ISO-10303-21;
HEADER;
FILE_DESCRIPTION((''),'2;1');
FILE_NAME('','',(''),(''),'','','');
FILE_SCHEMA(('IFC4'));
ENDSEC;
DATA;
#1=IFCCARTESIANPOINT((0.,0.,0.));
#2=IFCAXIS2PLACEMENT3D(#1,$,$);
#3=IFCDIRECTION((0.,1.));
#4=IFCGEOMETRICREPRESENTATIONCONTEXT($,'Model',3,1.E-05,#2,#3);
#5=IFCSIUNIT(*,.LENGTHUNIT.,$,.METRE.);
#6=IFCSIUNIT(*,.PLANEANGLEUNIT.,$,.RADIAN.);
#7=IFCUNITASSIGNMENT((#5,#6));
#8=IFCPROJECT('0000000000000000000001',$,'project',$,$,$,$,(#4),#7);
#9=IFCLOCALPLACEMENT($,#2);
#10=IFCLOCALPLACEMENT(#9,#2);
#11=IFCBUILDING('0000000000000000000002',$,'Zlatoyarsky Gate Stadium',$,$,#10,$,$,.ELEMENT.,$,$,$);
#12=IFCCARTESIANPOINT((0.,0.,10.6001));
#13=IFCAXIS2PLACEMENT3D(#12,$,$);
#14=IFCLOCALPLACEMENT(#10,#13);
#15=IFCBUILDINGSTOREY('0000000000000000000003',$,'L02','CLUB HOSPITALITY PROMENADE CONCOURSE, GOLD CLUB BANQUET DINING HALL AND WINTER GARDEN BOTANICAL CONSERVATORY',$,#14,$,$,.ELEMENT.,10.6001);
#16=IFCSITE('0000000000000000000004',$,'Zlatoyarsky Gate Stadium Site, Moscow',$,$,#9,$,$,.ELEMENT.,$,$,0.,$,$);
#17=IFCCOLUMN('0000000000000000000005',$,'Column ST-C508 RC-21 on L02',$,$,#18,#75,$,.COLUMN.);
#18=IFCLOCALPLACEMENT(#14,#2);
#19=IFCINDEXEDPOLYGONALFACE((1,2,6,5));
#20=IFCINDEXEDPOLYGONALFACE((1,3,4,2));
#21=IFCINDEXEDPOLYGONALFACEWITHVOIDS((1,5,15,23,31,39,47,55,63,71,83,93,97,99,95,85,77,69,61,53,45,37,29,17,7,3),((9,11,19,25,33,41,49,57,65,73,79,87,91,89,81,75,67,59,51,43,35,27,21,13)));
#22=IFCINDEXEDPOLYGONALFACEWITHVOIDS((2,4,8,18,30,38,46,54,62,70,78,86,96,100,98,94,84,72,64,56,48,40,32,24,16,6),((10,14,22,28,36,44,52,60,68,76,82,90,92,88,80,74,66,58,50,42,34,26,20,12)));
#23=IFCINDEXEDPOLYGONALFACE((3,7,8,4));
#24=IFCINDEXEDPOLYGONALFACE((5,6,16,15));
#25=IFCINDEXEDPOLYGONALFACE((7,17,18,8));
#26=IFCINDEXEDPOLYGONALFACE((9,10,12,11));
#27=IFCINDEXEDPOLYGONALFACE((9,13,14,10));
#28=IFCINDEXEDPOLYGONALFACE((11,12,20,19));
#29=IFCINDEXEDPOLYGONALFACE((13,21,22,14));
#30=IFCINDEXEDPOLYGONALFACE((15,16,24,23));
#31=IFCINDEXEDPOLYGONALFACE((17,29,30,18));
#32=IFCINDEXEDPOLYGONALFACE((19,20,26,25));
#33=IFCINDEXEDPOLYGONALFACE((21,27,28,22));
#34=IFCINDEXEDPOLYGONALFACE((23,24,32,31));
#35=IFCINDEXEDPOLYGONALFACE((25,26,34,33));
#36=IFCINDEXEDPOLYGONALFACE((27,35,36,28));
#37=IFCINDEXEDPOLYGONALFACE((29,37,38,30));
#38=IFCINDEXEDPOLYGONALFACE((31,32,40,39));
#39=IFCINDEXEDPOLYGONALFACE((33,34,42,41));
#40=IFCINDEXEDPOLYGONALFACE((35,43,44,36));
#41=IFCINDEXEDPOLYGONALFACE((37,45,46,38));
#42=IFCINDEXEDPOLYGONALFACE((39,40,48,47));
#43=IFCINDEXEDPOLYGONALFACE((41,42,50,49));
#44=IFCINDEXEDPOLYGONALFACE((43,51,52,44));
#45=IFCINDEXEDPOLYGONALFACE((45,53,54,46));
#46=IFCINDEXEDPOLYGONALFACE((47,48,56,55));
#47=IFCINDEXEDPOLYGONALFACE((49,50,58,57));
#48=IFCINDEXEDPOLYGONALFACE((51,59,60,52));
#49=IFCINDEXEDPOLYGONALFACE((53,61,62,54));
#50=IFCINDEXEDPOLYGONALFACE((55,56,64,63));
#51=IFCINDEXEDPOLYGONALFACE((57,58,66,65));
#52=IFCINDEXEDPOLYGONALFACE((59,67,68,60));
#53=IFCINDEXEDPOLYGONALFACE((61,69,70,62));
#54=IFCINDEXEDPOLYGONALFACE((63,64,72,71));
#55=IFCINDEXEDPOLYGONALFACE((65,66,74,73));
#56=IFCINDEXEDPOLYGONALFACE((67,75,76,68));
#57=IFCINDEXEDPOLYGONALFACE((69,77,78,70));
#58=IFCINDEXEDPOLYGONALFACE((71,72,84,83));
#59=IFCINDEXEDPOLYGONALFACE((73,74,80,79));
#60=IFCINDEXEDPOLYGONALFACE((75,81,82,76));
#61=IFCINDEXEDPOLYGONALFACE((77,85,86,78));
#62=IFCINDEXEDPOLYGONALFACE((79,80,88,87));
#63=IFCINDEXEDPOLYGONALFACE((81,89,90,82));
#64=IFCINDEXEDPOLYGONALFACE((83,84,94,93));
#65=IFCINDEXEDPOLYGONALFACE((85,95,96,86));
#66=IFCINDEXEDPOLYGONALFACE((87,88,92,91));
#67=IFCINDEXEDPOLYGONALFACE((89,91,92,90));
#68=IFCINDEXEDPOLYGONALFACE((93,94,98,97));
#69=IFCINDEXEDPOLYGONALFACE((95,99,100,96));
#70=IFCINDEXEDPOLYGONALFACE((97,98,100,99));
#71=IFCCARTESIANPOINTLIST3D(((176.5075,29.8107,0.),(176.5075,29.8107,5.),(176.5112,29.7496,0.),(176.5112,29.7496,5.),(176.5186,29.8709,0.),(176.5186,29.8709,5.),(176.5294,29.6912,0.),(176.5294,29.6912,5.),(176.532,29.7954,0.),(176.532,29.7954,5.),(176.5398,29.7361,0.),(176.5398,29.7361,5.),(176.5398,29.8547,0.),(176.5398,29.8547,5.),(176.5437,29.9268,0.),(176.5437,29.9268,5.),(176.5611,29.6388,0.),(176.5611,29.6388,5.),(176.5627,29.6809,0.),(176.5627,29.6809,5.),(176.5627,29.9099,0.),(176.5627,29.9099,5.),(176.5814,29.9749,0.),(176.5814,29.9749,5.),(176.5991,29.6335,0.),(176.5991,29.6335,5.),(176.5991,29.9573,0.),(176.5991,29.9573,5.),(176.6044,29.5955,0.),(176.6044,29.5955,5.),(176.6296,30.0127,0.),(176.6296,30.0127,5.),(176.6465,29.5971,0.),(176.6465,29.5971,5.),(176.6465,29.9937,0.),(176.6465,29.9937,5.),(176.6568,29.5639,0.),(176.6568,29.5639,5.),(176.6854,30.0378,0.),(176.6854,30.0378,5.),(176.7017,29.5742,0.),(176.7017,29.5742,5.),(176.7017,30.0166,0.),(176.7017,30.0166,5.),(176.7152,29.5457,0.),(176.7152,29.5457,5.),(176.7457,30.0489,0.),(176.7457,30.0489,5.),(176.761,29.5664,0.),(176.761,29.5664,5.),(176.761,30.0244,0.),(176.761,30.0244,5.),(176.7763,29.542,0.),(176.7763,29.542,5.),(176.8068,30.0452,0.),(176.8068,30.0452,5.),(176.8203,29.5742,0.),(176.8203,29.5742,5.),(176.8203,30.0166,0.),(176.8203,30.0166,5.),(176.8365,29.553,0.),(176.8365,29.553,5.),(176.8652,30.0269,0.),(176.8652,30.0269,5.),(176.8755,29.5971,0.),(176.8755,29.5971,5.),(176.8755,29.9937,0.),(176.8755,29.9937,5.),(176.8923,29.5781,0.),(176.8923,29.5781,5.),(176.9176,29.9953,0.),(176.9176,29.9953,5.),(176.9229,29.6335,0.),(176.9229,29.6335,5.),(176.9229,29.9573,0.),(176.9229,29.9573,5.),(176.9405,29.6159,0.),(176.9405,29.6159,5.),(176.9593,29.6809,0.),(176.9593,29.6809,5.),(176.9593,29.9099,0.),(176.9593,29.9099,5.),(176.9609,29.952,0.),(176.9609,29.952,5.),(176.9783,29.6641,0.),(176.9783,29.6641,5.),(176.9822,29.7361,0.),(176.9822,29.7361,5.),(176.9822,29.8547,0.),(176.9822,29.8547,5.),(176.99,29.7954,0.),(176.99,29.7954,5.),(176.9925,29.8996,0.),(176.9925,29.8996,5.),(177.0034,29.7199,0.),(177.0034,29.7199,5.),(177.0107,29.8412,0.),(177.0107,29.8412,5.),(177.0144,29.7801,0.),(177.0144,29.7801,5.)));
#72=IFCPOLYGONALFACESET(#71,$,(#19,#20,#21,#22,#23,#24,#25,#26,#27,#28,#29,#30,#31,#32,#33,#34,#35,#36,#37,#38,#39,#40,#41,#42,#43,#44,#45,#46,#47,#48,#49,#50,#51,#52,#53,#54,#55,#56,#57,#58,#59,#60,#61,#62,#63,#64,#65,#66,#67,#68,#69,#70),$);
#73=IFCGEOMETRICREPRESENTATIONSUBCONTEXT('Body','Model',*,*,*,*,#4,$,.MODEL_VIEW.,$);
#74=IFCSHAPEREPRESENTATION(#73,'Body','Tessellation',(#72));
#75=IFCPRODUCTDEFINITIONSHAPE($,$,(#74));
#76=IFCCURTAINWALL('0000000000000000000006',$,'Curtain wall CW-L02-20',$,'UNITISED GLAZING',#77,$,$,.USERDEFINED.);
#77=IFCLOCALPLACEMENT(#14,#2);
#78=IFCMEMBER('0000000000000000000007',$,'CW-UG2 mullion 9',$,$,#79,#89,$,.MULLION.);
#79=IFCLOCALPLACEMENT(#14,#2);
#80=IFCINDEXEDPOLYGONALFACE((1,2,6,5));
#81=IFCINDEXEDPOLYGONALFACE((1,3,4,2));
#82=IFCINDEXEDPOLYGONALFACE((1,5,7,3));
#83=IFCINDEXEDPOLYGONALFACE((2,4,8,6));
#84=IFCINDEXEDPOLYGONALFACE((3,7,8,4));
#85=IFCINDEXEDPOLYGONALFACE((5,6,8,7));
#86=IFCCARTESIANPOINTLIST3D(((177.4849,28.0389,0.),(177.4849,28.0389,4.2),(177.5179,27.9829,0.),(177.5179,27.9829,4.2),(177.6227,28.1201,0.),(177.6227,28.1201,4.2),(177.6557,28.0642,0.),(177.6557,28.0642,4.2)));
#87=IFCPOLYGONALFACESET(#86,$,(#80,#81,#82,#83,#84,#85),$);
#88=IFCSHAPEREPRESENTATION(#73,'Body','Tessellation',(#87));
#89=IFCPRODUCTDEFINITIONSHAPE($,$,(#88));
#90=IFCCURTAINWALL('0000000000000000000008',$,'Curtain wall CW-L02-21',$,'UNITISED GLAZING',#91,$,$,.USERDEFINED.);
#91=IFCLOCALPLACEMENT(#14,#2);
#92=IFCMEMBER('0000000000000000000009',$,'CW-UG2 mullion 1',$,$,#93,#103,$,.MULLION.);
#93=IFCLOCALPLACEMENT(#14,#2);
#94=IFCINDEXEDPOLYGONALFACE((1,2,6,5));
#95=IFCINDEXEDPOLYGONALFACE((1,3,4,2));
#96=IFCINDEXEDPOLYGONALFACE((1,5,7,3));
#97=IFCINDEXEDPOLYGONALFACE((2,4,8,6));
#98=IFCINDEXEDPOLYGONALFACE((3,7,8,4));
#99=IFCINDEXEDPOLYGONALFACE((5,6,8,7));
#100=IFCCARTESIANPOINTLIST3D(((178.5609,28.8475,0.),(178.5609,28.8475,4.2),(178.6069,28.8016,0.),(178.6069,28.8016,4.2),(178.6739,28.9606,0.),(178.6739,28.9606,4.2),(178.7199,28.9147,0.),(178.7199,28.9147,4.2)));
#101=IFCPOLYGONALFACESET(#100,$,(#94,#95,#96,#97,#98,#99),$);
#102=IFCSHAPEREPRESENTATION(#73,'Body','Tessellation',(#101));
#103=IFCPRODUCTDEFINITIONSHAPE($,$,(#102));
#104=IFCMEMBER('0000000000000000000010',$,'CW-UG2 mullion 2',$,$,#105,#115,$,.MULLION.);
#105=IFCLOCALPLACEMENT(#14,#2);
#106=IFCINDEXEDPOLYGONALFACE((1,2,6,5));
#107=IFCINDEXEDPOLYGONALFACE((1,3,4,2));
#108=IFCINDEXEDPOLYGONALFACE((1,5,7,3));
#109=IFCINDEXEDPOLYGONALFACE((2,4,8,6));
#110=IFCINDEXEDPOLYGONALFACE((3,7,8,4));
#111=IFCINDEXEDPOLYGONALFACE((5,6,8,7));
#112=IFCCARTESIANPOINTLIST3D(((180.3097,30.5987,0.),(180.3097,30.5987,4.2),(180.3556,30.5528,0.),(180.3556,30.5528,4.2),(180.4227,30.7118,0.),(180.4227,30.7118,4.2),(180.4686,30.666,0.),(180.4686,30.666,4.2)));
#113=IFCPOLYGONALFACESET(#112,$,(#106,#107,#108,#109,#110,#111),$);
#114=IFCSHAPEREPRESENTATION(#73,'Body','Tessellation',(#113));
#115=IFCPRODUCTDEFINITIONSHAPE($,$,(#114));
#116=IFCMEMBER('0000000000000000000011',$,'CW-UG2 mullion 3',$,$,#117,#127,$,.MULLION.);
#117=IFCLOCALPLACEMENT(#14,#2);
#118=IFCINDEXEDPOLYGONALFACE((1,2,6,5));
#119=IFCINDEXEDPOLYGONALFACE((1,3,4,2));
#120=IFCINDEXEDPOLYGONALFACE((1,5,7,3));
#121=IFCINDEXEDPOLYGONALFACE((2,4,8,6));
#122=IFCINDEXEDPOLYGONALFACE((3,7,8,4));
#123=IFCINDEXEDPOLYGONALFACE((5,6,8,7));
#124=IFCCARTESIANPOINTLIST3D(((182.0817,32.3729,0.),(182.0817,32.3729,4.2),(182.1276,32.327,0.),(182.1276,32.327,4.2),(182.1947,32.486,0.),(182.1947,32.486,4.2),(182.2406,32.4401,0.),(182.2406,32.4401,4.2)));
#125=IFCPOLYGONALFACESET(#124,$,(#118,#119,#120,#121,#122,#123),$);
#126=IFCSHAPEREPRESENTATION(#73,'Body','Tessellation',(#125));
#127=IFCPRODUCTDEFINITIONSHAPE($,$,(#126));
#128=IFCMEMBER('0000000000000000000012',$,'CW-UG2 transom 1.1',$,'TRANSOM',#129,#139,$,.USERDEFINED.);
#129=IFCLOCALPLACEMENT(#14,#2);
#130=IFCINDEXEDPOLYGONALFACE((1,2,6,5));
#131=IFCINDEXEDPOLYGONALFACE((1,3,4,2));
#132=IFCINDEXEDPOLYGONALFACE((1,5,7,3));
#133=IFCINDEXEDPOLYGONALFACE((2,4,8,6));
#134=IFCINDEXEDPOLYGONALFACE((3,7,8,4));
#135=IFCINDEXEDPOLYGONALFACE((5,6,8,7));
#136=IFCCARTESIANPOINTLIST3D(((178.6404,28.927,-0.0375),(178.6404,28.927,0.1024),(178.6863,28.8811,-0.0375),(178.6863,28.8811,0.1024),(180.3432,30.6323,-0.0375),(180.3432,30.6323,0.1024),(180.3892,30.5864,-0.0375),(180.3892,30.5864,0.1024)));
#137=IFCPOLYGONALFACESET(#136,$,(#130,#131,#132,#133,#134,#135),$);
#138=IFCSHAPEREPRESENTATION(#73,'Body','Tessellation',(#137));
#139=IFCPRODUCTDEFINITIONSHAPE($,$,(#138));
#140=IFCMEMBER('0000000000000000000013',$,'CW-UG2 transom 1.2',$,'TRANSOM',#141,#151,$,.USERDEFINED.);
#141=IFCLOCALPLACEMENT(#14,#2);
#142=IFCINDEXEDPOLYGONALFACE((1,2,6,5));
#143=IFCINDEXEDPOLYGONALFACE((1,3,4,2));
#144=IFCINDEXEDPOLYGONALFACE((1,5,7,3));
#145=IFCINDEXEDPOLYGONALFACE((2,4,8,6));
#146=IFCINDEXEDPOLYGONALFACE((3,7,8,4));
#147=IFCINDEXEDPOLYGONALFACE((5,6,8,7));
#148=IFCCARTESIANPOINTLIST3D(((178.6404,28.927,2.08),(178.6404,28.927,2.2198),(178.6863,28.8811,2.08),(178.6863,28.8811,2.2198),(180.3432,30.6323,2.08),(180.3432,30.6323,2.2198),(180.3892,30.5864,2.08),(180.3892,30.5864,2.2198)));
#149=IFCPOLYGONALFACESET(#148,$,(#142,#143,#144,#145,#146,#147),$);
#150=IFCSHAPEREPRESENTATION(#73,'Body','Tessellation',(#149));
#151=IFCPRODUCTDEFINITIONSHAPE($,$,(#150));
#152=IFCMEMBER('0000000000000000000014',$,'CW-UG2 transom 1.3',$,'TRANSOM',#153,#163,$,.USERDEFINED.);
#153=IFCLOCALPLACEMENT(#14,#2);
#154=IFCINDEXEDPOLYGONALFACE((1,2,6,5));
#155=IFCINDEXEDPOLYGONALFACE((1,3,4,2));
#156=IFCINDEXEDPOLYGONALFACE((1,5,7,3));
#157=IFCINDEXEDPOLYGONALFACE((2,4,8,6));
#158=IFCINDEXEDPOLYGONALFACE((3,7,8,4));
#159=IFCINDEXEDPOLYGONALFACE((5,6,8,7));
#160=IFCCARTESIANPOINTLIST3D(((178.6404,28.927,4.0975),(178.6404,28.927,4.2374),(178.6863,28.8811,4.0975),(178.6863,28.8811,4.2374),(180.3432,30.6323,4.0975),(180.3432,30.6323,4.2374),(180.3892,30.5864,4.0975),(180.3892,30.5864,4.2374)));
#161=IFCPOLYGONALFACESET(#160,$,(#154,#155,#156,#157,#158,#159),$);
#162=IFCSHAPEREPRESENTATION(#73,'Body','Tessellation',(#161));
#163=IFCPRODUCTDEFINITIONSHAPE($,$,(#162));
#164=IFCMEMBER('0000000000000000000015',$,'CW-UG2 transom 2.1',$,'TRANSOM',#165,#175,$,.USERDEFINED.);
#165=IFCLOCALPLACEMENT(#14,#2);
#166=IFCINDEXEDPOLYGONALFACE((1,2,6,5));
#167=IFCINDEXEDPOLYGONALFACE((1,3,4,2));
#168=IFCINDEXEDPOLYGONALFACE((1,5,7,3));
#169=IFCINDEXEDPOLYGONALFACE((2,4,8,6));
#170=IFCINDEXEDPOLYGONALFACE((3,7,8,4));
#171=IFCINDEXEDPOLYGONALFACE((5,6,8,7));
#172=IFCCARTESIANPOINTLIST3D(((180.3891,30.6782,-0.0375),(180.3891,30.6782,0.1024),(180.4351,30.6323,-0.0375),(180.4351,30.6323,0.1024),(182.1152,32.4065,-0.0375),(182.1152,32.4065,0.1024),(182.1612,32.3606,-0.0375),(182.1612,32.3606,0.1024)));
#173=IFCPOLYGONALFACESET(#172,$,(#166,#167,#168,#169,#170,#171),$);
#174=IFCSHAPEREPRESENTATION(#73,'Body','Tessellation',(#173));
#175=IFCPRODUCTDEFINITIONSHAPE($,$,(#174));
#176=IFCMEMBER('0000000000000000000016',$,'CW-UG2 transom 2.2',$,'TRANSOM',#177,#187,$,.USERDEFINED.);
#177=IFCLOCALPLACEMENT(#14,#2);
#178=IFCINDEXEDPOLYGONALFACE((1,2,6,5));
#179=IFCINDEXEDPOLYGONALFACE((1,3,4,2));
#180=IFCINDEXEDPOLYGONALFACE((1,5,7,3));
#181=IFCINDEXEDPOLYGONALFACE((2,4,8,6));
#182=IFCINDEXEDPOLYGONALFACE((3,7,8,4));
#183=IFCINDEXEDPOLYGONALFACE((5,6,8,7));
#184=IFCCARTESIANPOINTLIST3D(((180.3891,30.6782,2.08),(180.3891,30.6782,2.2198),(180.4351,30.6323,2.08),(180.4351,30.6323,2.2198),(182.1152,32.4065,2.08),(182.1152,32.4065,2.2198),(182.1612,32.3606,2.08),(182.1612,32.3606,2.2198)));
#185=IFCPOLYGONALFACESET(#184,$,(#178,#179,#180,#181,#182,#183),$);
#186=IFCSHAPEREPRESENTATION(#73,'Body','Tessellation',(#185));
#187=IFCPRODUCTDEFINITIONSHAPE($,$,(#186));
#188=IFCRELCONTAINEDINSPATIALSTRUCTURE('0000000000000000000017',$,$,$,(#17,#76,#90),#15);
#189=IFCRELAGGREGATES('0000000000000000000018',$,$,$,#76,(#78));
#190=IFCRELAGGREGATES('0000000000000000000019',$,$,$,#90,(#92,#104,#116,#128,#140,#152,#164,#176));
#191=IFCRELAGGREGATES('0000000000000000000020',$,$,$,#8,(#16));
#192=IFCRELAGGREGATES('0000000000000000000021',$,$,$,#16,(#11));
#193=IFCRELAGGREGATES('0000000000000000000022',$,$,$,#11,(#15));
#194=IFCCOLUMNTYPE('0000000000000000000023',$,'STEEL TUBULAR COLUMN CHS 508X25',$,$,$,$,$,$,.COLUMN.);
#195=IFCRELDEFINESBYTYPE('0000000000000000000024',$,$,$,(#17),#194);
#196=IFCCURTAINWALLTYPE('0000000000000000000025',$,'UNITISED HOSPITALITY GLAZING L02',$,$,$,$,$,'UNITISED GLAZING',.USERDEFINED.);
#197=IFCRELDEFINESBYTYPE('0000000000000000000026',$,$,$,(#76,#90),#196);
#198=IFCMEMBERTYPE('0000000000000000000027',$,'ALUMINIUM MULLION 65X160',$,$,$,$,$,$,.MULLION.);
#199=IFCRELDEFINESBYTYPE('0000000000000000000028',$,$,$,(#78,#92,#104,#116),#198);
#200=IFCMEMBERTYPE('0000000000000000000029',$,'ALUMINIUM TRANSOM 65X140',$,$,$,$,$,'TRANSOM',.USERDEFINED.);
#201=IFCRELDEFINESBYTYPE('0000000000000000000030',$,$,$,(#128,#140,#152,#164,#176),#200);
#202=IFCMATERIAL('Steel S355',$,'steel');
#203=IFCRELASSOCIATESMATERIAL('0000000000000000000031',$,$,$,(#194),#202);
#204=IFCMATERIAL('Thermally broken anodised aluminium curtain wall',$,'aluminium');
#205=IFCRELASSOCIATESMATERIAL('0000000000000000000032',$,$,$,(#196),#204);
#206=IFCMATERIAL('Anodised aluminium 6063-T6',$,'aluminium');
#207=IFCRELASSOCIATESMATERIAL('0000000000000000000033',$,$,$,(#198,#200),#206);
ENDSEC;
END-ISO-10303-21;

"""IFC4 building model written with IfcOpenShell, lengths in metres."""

from ifc_helpers import new_model, si_unit, direction, frame, origin, origin_2d, place, context, subcontext, project, spatial, rectangle, hollow_circle, extrude, material, material_profile, profile_set, type_object, element, aggregate, save


model = new_model("IFC4")

# Units and contexts
model_context = context("Model", 3, precision=1e-05, world=origin(), true_north=direction((0.0, 1.0)))
body_context = subcontext(model_context, "Body", "Model", "MODEL_VIEW")
ifc_project = project(units=[si_unit("LENGTHUNIT", "METRE"), si_unit("PLANEANGLEUNIT", "RADIAN")], contexts=[model_context])

# Site, building, storey
site_placement = place(None, origin())
site = spatial("IfcSite", under=ifc_project, at=site_placement, Name="Zlatoyarsky Gate Stadium Site, Moscow", CompositionType="ELEMENT", RefElevation=0.0)
building_placement = place(site_placement, origin())
building = spatial("IfcBuilding", under=site, at=building_placement, Name="Zlatoyarsky Gate Stadium", CompositionType="ELEMENT")
storey_placement = place(building_placement, frame((0.0, 0.0, 10.6001)))
storey = spatial("IfcBuildingStorey", under=building, at=storey_placement, Name="L02", Description="CLUB HOSPITALITY PROMENADE CONCOURSE, GOLD CLUB BANQUET DINING HALL AND WINTER GARDEN BOTANICAL CONSERVATORY", CompositionType="ELEMENT", Elevation=10.6001)

# Column
ifc_material_1 = material(Name="Steel S355", Category="steel")
ifc_material_profile_1 = material_profile(ifc_material_1, hollow_circle(Radius=0.2539, WallThickness=0.0249, at=origin_2d()), Name="CHS 508X25")
ifc_profile_set_1 = profile_set([ifc_material_profile_1], Name="Steel S355")
column_type = type_object("IfcColumnType", Name="STEEL TUBULAR COLUMN CHS 508X25", PredefinedType="COLUMN", material=ifc_profile_set_1)
column_placement = place(storey_placement, frame((176.761, 29.7954, 0.0), z_axis=(0.0, 0.0, 1.0), x_axis=(0.707107, -0.707107, 0.0)))
element("IfcColumn", 1, at=column_placement, inside=storey, type_object=column_type, Name="Column ST-C508 RC-21 on L02", PredefinedType="COLUMN", context=body_context, shape_type="SweptSolid", body=[
    extrude(hollow_circle(Radius=0.2539, WallThickness=0.0249, at=origin_2d()), origin(), (0.0, 0.0, 1.0), 5.0),
])

# Curtain wall, member
ifc_material_2 = material(Name="Thermally broken anodised aluminium curtain wall", Category="aluminium")
curtain_wall_type = type_object("IfcCurtainWallType", Name="UNITISED HOSPITALITY GLAZING L02", ElementType="UNITISED GLAZING", PredefinedType="USERDEFINED", material=ifc_material_2)
curtain_wall_1_placement = place(storey_placement, origin())
curtain_wall_1 = element("IfcCurtainWall", 2, at=curtain_wall_1_placement, inside=storey, type_object=curtain_wall_type, Name="Curtain wall CW-L02-20", ObjectType="UNITISED GLAZING", PredefinedType="USERDEFINED")
ifc_material_3 = material(Name="Anodised aluminium 6063-T6", Category="aluminium")
ifc_material_profile_2 = material_profile(ifc_material_3, rectangle(XDim=0.0649, YDim=0.1599, at=origin_2d()), Name="ALU 65X160")
ifc_profile_set_2 = profile_set([ifc_material_profile_2], Name="Anodised aluminium 6063-T6")
member_type_1 = type_object("IfcMemberType", Name="ALUMINIUM MULLION 65X160", PredefinedType="MULLION", material=ifc_profile_set_2)
member_1_placement = place(storey_placement, frame((177.5703, 28.0515, 0.0), z_axis=(0.0, 0.0, 1.0), x_axis=(-0.507884, 0.861425, 0.0)))
member_1 = element("IfcMember", 3, at=member_1_placement, type_object=member_type_1, Name="CW-UG2 mullion 9", PredefinedType="MULLION", context=body_context, shape_type="SweptSolid", body=[
    extrude(rectangle(XDim=0.0649, YDim=0.1599, at=origin_2d()), origin(), (0.0, 0.0, 1.0), 4.2),
])
aggregate(curtain_wall_1, [member_1])

# Curtain wall, members
curtain_wall_2_placement = place(storey_placement, origin())
curtain_wall_2 = element("IfcCurtainWall", 4, at=curtain_wall_2_placement, inside=storey, type_object=curtain_wall_type, Name="Curtain wall CW-L02-21", ObjectType="UNITISED GLAZING", PredefinedType="USERDEFINED")
member_2_placement = place(storey_placement, frame((178.6404, 28.8811, 0.0), z_axis=(0.0, 0.0, 1.0), x_axis=(-0.707585, 0.706628, 0.0)))
member_2 = element("IfcMember", 5, at=member_2_placement, type_object=member_type_1, Name="CW-UG2 mullion 1", PredefinedType="MULLION", context=body_context, shape_type="SweptSolid", body=[
    extrude(rectangle(XDim=0.0649, YDim=0.1599, at=origin_2d()), origin(), (0.0, 0.0, 1.0), 4.2),
])
member_3_placement = place(storey_placement, frame((180.3892, 30.6323, 0.0), z_axis=(0.0, 0.0, 1.0), x_axis=(-0.707585, 0.706628, 0.0)))
member_3 = element("IfcMember", 6, at=member_3_placement, type_object=member_type_1, Name="CW-UG2 mullion 2", PredefinedType="MULLION", context=body_context, shape_type="SweptSolid", body=[
    extrude(rectangle(XDim=0.0649, YDim=0.1599, at=origin_2d()), origin(), (0.0, 0.0, 1.0), 4.2),
])
member_4_placement = place(storey_placement, frame((182.1611, 32.4065, 0.0), z_axis=(0.0, 0.0, 1.0), x_axis=(-0.707585, 0.706628, 0.0)))
member_4 = element("IfcMember", 7, at=member_4_placement, type_object=member_type_1, Name="CW-UG2 mullion 3", PredefinedType="MULLION", context=body_context, shape_type="SweptSolid", body=[
    extrude(rectangle(XDim=0.0649, YDim=0.1599, at=origin_2d()), origin(), (0.0, 0.0, 1.0), 4.2),
])
ifc_material_profile_3 = material_profile(ifc_material_3, rectangle(XDim=0.0649, YDim=0.1399, at=origin_2d()), Name="ALU 65X140")
ifc_profile_set_3 = profile_set([ifc_material_profile_3], Name="Anodised aluminium 6063-T6")
member_type_2 = type_object("IfcMemberType", Name="ALUMINIUM TRANSOM 65X140", ElementType="TRANSOM", PredefinedType="USERDEFINED", material=ifc_profile_set_3)
member_5_placement = place(storey_placement, frame((178.6633, 28.9041, 0.0325), z_axis=(0.7066, 0.707613, 0.0), x_axis=(-0.707613, 0.7066, 0.0)))
member_5 = element("IfcMember", 8, at=member_5_placement, type_object=member_type_2, Name="CW-UG2 transom 1.1", ObjectType="TRANSOM", PredefinedType="USERDEFINED", context=body_context, shape_type="SweptSolid", body=[
    extrude(rectangle(XDim=0.0649, YDim=0.1399, at=origin_2d()), origin(), (0.0, 0.0, 1.0), 2.4099),
])
member_6_placement = place(storey_placement, frame((178.6633, 28.9041, 2.1499), z_axis=(0.7066, 0.707613, 0.0), x_axis=(-0.707613, 0.7066, 0.0)))
member_6 = element("IfcMember", 9, at=member_6_placement, type_object=member_type_2, Name="CW-UG2 transom 1.2", ObjectType="TRANSOM", PredefinedType="USERDEFINED", context=body_context, shape_type="SweptSolid", body=[
    extrude(rectangle(XDim=0.0649, YDim=0.1399, at=origin_2d()), origin(), (0.0, 0.0, 1.0), 2.4099),
])
member_7_placement = place(storey_placement, frame((178.6633, 28.9041, 4.1675), z_axis=(0.7066, 0.707613, 0.0), x_axis=(-0.707613, 0.7066, 0.0)))
member_7 = element("IfcMember", 10, at=member_7_placement, type_object=member_type_2, Name="CW-UG2 transom 1.3", ObjectType="TRANSOM", PredefinedType="USERDEFINED", context=body_context, shape_type="SweptSolid", body=[
    extrude(rectangle(XDim=0.0649, YDim=0.1399, at=origin_2d()), origin(), (0.0, 0.0, 1.0), 2.4099),
])
member_8_placement = place(storey_placement, frame((180.4121, 30.6553, 0.0325), z_axis=(0.706657, 0.707556, 0.0), x_axis=(-0.707556, 0.706657, 0.0)))
member_8 = element("IfcMember", 11, at=member_8_placement, type_object=member_type_2, Name="CW-UG2 transom 2.1", ObjectType="TRANSOM", PredefinedType="USERDEFINED", context=body_context, shape_type="SweptSolid", body=[
    extrude(rectangle(XDim=0.0649, YDim=0.1399, at=origin_2d()), origin(), (0.0, 0.0, 1.0), 2.4426),
])
member_9_placement = place(storey_placement, frame((180.4121, 30.6553, 2.1499), z_axis=(0.706657, 0.707556, 0.0), x_axis=(-0.707556, 0.706657, 0.0)))
member_9 = element("IfcMember", 12, at=member_9_placement, type_object=member_type_2, Name="CW-UG2 transom 2.2", ObjectType="TRANSOM", PredefinedType="USERDEFINED", context=body_context, shape_type="SweptSolid", body=[
    extrude(rectangle(XDim=0.0649, YDim=0.1399, at=origin_2d()), origin(), (0.0, 0.0, 1.0), 2.4426),
])

aggregate(curtain_wall_2, [member_2, member_3, member_4, member_5, member_6, member_7, member_8, member_9])

save(model, "model.ifc")
